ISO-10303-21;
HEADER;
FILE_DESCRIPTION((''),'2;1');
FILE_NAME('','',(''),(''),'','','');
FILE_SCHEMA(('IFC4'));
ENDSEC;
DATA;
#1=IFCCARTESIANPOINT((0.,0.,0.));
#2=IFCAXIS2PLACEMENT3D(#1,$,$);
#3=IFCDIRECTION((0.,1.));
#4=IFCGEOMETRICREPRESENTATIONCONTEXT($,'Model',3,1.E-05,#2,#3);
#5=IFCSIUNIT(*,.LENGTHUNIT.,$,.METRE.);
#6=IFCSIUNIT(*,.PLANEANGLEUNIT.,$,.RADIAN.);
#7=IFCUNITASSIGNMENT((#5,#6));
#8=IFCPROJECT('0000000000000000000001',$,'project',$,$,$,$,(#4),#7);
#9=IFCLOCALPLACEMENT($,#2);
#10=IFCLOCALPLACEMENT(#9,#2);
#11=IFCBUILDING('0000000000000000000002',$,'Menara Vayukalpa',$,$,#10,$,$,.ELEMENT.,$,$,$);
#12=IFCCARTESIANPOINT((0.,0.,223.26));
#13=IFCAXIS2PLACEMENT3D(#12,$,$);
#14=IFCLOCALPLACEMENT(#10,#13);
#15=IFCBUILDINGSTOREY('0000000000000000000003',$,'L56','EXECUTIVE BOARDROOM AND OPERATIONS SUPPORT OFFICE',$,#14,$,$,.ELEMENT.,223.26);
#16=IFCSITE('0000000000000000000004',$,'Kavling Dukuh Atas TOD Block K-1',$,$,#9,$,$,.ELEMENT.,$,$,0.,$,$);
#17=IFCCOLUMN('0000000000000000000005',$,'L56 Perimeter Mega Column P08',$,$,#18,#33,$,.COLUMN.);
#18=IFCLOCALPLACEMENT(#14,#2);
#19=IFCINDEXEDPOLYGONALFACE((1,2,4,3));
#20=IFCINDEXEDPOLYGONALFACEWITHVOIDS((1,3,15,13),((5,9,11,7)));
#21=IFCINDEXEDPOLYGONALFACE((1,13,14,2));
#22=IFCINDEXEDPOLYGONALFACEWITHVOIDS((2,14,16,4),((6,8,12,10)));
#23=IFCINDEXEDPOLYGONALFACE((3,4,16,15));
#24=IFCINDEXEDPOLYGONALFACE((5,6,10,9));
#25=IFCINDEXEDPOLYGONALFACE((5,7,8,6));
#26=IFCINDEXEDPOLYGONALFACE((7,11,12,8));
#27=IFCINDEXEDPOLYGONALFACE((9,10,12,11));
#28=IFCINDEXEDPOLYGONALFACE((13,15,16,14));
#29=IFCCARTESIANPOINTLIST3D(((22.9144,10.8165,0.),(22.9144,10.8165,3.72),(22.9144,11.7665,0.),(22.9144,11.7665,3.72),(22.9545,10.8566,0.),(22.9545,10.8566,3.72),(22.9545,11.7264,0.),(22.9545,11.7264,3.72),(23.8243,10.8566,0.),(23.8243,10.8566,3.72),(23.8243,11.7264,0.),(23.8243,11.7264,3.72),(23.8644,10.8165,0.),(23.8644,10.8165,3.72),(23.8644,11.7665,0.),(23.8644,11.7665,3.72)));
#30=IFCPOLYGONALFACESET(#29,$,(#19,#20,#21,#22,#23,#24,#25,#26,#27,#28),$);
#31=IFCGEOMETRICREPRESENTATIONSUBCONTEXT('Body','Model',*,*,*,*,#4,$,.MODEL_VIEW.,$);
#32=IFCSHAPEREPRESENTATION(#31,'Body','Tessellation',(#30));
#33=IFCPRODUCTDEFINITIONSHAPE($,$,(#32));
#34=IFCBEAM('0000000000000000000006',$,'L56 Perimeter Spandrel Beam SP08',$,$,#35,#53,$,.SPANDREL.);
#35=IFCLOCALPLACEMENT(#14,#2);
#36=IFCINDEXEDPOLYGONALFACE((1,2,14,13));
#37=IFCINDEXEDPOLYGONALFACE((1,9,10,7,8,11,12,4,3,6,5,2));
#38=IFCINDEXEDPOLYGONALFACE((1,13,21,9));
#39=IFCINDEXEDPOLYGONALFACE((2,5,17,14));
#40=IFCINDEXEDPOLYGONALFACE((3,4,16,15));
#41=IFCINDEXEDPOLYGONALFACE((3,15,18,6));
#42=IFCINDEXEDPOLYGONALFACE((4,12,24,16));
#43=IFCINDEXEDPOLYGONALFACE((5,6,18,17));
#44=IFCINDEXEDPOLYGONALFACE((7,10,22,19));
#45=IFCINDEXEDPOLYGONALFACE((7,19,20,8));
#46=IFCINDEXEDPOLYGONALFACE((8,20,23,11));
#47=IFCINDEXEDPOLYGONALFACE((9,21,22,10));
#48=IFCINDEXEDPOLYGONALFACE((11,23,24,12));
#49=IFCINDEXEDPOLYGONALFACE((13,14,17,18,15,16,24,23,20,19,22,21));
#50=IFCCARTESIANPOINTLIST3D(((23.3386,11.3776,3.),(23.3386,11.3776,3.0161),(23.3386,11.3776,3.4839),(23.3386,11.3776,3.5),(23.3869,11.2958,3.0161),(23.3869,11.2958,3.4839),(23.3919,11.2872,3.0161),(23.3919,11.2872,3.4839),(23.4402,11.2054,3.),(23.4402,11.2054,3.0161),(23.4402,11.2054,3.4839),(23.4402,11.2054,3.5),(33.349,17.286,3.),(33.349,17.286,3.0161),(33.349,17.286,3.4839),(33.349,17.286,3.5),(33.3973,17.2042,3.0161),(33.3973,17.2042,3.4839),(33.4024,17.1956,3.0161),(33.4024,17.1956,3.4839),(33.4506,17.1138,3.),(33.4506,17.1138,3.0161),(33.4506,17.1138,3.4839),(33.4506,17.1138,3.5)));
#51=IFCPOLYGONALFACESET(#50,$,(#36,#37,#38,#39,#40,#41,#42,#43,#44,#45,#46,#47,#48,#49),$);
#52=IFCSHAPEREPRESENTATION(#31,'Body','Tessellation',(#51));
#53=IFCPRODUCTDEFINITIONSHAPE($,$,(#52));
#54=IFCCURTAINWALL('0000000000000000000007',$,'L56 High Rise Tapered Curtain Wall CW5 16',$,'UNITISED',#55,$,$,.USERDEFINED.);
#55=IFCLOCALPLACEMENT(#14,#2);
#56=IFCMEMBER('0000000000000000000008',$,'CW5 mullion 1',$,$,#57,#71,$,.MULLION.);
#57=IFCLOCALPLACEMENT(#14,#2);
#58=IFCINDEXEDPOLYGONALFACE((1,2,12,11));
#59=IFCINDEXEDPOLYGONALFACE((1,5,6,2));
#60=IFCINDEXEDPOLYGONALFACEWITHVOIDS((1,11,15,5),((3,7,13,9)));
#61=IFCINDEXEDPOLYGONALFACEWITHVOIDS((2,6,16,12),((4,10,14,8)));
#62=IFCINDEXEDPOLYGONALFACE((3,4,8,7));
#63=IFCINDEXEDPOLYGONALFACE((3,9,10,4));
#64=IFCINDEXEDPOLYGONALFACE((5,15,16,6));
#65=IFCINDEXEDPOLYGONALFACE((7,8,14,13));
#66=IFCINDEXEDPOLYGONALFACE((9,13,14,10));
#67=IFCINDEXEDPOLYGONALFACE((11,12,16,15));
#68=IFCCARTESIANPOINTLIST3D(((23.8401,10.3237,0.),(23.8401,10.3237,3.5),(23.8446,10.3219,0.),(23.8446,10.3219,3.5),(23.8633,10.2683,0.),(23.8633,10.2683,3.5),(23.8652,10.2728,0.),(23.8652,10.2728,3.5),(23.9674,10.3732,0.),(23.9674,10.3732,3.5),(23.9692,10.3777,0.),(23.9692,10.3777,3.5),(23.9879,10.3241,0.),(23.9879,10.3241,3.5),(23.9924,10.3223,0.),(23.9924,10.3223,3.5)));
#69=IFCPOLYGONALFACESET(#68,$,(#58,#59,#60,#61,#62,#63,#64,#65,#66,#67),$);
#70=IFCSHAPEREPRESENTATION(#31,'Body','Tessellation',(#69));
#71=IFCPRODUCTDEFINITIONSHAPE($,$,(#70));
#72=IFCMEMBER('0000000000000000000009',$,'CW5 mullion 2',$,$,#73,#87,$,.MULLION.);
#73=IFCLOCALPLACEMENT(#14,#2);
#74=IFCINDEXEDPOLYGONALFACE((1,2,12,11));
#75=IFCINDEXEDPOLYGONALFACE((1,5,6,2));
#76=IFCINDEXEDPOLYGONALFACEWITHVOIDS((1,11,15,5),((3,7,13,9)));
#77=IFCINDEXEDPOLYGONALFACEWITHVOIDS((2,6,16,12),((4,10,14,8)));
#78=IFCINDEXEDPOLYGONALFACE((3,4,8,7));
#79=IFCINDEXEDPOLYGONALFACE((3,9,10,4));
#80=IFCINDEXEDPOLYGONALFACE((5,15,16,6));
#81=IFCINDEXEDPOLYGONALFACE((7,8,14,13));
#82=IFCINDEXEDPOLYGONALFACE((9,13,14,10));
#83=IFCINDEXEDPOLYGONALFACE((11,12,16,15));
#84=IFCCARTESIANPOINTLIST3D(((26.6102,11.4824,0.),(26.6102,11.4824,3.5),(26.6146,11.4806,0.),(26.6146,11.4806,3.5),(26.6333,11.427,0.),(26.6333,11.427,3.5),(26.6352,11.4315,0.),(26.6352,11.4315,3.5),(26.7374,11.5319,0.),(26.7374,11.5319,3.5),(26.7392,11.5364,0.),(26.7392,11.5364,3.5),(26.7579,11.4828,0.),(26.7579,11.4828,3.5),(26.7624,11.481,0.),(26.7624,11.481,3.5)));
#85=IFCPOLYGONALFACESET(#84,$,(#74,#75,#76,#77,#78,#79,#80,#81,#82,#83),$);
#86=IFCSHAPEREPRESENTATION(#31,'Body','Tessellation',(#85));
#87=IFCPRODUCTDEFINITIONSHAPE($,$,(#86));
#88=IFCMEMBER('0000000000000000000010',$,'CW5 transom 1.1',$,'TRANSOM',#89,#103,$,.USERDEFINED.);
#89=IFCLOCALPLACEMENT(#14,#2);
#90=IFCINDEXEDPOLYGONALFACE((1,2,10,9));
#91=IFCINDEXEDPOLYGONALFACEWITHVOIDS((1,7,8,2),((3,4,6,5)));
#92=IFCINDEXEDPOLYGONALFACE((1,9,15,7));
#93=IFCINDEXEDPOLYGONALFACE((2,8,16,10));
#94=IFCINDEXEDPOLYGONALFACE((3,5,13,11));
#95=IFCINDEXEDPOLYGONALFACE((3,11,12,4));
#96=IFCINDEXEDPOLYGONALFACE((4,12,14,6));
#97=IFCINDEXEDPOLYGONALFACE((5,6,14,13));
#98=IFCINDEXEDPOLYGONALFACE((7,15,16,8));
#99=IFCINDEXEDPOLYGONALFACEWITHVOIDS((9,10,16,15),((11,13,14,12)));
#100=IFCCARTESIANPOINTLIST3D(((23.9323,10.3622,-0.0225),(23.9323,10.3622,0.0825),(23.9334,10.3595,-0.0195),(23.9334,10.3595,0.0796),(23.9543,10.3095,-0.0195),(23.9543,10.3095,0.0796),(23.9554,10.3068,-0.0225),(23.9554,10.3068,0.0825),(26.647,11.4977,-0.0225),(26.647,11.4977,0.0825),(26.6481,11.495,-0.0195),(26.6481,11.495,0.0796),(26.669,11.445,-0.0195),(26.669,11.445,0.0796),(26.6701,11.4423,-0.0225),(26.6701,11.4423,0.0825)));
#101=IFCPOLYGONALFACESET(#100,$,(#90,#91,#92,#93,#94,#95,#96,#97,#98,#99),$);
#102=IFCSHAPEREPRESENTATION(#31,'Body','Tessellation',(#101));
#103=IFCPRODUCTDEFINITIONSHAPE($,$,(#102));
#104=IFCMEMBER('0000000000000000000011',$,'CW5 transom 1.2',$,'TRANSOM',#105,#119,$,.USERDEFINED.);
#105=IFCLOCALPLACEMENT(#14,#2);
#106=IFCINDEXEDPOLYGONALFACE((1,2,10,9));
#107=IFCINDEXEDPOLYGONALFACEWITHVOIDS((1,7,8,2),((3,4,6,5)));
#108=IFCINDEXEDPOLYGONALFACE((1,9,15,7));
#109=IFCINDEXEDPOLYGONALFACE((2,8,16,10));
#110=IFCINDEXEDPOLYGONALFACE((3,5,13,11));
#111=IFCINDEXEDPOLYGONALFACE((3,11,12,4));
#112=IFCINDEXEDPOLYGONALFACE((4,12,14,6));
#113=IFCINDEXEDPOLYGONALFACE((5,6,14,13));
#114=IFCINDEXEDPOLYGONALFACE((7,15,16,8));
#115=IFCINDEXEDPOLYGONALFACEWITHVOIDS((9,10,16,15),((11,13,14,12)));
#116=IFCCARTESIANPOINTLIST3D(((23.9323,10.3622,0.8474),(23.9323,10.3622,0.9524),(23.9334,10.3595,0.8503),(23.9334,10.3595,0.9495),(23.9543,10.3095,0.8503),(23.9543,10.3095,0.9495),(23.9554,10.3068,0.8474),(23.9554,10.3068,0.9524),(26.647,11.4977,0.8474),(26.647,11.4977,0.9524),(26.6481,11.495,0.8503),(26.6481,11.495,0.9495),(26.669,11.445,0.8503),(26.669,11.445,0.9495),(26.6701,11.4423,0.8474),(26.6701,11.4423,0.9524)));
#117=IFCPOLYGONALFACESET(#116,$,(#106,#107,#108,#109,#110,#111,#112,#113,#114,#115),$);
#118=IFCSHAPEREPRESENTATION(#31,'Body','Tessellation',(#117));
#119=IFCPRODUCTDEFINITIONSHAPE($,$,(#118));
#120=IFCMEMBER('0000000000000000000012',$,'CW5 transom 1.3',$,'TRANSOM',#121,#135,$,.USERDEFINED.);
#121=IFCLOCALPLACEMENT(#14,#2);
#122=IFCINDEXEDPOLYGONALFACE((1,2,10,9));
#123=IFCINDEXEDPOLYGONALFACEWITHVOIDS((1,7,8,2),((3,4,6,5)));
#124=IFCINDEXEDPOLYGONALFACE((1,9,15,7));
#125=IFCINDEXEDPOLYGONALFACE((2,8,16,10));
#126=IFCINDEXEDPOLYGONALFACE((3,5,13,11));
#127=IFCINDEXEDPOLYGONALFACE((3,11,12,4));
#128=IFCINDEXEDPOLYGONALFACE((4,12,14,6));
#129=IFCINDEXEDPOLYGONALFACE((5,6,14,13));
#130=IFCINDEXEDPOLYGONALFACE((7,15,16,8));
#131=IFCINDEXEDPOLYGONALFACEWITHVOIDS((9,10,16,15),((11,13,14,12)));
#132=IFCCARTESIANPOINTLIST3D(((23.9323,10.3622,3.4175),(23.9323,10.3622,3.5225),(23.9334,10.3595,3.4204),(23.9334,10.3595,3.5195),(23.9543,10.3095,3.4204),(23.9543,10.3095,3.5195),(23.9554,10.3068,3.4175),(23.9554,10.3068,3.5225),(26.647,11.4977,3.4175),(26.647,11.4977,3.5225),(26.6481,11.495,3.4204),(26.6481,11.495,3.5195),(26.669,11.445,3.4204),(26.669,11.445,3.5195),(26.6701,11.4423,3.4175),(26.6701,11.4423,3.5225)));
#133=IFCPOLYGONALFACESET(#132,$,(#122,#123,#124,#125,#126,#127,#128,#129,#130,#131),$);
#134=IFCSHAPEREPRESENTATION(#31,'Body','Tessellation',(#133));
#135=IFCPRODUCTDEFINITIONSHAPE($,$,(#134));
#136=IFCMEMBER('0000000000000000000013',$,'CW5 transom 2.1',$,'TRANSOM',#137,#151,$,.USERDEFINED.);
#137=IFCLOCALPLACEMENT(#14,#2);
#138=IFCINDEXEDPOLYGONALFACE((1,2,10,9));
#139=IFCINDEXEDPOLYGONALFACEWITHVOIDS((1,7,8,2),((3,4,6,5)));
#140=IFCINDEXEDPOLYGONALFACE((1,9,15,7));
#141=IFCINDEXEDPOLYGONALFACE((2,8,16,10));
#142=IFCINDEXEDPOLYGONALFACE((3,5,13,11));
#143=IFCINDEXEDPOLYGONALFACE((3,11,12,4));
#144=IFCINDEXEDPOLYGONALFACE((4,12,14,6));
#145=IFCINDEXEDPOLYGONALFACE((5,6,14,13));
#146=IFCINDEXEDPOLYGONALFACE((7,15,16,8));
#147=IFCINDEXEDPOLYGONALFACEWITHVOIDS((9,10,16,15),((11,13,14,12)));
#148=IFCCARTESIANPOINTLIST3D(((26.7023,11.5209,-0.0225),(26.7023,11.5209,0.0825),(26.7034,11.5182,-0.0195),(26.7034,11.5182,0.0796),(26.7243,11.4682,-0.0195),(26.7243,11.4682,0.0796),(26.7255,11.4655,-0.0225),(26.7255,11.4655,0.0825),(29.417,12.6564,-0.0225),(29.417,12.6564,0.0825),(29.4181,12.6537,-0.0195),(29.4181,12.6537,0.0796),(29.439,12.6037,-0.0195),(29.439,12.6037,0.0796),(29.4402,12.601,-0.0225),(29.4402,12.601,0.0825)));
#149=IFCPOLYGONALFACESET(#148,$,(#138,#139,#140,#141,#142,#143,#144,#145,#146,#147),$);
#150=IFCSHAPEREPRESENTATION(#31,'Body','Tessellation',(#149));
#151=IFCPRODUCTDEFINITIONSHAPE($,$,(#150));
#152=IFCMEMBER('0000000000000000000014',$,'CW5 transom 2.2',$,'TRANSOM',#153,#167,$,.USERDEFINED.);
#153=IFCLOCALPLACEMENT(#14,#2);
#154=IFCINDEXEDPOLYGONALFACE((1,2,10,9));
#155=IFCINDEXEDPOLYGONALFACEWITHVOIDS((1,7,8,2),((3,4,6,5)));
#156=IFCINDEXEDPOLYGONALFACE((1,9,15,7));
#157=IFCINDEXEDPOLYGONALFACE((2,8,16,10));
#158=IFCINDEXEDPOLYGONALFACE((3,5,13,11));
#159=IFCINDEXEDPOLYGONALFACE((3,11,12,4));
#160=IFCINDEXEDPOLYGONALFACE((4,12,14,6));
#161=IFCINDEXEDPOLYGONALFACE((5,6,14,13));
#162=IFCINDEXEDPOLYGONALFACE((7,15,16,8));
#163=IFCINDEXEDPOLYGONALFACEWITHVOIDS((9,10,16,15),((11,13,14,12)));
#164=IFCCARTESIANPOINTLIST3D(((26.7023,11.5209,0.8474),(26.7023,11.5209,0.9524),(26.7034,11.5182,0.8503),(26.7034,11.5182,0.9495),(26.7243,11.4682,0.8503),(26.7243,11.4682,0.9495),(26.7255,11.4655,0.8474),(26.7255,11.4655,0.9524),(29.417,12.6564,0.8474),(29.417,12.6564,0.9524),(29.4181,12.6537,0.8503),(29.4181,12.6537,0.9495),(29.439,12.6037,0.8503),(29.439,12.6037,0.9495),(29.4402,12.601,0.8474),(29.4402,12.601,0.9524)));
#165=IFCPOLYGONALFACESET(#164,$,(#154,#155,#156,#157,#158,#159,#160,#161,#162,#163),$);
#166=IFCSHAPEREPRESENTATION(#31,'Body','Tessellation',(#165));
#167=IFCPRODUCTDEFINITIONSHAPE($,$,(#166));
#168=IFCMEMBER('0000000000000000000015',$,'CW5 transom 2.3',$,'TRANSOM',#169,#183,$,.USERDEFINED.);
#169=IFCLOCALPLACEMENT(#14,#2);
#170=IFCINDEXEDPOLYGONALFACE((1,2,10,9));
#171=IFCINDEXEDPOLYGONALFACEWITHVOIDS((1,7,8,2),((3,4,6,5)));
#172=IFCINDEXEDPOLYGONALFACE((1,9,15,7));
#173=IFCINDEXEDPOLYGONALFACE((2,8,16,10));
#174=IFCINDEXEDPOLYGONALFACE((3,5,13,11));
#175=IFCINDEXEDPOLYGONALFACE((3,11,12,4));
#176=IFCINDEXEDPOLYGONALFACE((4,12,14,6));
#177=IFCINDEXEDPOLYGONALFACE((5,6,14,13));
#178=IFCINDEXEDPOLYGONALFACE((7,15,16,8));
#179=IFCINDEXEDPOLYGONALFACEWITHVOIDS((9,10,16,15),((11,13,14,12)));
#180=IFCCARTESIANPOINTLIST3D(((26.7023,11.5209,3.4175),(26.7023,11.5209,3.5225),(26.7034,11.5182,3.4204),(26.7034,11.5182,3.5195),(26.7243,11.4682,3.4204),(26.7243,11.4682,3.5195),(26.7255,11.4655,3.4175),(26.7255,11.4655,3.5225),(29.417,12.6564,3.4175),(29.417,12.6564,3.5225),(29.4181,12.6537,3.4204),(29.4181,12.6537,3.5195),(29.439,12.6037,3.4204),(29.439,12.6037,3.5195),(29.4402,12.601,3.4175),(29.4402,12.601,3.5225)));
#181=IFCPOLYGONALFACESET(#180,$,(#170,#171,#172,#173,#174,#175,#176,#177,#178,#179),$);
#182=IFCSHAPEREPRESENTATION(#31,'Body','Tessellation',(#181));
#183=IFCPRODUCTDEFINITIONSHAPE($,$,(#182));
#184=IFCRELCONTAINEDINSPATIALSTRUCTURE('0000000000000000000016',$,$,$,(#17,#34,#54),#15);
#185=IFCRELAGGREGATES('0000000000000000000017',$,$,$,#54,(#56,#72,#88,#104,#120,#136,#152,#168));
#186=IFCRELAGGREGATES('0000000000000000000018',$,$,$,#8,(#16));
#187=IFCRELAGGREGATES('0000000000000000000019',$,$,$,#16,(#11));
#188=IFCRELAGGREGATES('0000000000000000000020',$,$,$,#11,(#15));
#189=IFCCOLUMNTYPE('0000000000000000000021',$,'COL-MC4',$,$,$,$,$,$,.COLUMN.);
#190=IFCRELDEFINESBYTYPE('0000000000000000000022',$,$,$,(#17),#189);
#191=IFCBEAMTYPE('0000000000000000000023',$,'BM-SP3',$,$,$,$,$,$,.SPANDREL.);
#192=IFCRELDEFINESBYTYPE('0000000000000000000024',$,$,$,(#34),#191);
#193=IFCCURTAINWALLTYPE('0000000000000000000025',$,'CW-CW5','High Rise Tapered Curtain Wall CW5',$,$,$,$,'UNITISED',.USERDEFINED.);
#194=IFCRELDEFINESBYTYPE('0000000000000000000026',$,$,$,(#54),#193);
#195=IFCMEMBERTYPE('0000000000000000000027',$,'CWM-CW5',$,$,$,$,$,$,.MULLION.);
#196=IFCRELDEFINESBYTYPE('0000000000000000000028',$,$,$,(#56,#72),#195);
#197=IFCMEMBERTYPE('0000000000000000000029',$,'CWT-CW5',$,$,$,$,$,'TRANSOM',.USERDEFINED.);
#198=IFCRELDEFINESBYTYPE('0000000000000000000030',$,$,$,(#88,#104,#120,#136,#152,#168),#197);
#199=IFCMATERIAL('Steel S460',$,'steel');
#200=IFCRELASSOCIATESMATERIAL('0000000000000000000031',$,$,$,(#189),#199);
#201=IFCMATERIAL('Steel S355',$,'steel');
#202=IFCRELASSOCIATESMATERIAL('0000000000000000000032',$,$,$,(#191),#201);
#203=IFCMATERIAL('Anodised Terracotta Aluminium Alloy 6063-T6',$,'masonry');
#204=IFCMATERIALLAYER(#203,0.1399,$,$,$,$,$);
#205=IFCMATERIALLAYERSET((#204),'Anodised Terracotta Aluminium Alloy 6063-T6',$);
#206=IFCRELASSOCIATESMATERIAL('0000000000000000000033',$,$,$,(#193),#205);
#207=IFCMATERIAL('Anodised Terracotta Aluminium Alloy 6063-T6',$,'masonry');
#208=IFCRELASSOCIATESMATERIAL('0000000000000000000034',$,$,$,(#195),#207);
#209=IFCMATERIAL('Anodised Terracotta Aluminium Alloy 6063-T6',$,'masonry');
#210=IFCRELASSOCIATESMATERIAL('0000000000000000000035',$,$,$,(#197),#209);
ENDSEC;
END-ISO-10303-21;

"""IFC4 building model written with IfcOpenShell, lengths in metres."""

from ifc_helpers import new_model, si_unit, direction, frame, origin, origin_2d, place, context, subcontext, project, spatial, hollow_rectangle, i_section, extrude, material, layer, layer_set, material_profile, profile_set, type_object, element, aggregate, save


model = new_model("IFC4")

# Units and contexts
model_context = context("Model", 3, precision=1e-05, world=origin(), true_north=direction((0.0, 1.0)))
body_context = subcontext(model_context, "Body", "Model", "MODEL_VIEW")
ifc_project = project(units=[si_unit("LENGTHUNIT", "METRE"), si_unit("PLANEANGLEUNIT", "RADIAN")], contexts=[model_context])

# Site, building, storey
site_placement = place(None, origin())
site = spatial("IfcSite", under=ifc_project, at=site_placement, Name="Kavling Dukuh Atas TOD Block K-1", CompositionType="ELEMENT", RefElevation=0.0)
building_placement = place(site_placement, origin())
building = spatial("IfcBuilding", under=site, at=building_placement, Name="Menara Vayukalpa", CompositionType="ELEMENT")
storey_placement = place(building_placement, frame((0.0, 0.0, 223.26)))
storey = spatial("IfcBuildingStorey", under=building, at=storey_placement, Name="L56", Description="EXECUTIVE BOARDROOM AND OPERATIONS SUPPORT OFFICE", CompositionType="ELEMENT", Elevation=223.26)

# Column
ifc_material_1 = material(Name="Steel S460", Category="steel")
ifc_material_profile_1 = material_profile(ifc_material_1, hollow_rectangle(XDim=0.95, YDim=0.95, WallThickness=0.04, at=origin_2d()), Name="BOX 950x950x40")
ifc_profile_set_1 = profile_set([ifc_material_profile_1], Name="Steel S460")
column_type = type_object("IfcColumnType", Name="COL-MC4", PredefinedType="COLUMN", material=ifc_profile_set_1)
column_placement = place(storey_placement, frame((23.3894, 11.2915, 0.0), z_axis=(0.0, 0.0, 1.0), x_axis=(1.0, 0.0, 0.0)))
element("IfcColumn", 1, at=column_placement, inside=storey, type_object=column_type, Name="L56 Perimeter Mega Column P08", PredefinedType="COLUMN", context=body_context, shape_type="SweptSolid", body=[
    extrude(hollow_rectangle(XDim=0.95, YDim=0.95, WallThickness=0.04, at=origin_2d()), origin(), (0.0, 0.0, 1.0), 3.72),
])

# Beam
ifc_material_2 = material(Name="Steel S355", Category="steel")
ifc_material_profile_2 = material_profile(ifc_material_2, i_section(OverallWidth=0.2, OverallDepth=0.5, WebThickness=0.01, FlangeThickness=0.0161, at=origin_2d()), Name="WF 500x200x10x16")
ifc_profile_set_2 = profile_set([ifc_material_profile_2], Name="Steel S355")
beam_type = type_object("IfcBeamType", Name="BM-SP3", PredefinedType="SPANDREL", material=ifc_profile_set_2)
beam_placement = place(storey_placement, frame((23.3894, 11.2915, 3.25), z_axis=(0.861184, 0.508293, 0.0), x_axis=(-0.508293, 0.861184, 0.0)))
element("IfcBeam", 2, at=beam_placement, inside=storey, type_object=beam_type, Name="L56 Perimeter Spandrel Beam SP08", PredefinedType="SPANDREL", context=body_context, shape_type="SweptSolid", body=[
    extrude(i_section(OverallWidth=0.2, OverallDepth=0.5, WebThickness=0.01, FlangeThickness=0.0161, at=origin_2d()), origin(), (0.0, 0.0, 1.0), 11.624),
])

# Curtain wall, members
ifc_material_3 = material(Name="Anodised Terracotta Aluminium Alloy 6063-T6", Category="masonry")
ifc_layer_1 = layer(ifc_material_3, 0.1399)
ifc_layer_set_1 = layer_set([ifc_layer_1], Name="Anodised Terracotta Aluminium Alloy 6063-T6")
curtain_wall_type = type_object("IfcCurtainWallType", Name="CW-CW5", Description="High Rise Tapered Curtain Wall CW5", ElementType="UNITISED", PredefinedType="USERDEFINED", material=ifc_layer_set_1)
curtain_wall_placement = place(storey_placement, origin())
curtain_wall = element("IfcCurtainWall", 3, at=curtain_wall_placement, inside=storey, type_object=curtain_wall_type, Name="L56 High Rise Tapered Curtain Wall CW5 16", ObjectType="UNITISED", PredefinedType="USERDEFINED")
ifc_material_4 = material(Name="Anodised Terracotta Aluminium Alloy 6063-T6", Category="masonry")
ifc_material_profile_3 = material_profile(ifc_material_4, hollow_rectangle(XDim=0.0601, YDim=0.1399, WallThickness=0.0034, at=origin_2d()), Name="ALU 60x140x3.5")
ifc_profile_set_3 = profile_set([ifc_material_profile_3], Name="Anodised Terracotta Aluminium Alloy 6063-T6")
member_type_1 = type_object("IfcMemberType", Name="CWM-CW5", PredefinedType="MULLION", material=ifc_profile_set_3)
member_1_placement = place(storey_placement, frame((23.9163, 10.323, 0.0), z_axis=(0.0, 0.0, 1.0), x_axis=(-0.385903, 0.922539, 0.0)))
member_1 = element("IfcMember", 4, at=member_1_placement, type_object=member_type_1, Name="CW5 mullion 1", PredefinedType="MULLION", context=body_context, shape_type="SweptSolid", body=[
    extrude(hollow_rectangle(XDim=0.0601, YDim=0.1399, WallThickness=0.0034, at=origin_2d()), origin(), (0.0, 0.0, 1.0), 3.5),
])
member_2_placement = place(storey_placement, frame((26.6863, 11.4817, 0.0), z_axis=(0.0, 0.0, 1.0), x_axis=(-0.385903, 0.922539, 0.0)))
member_2 = element("IfcMember", 5, at=member_2_placement, type_object=member_type_1, Name="CW5 mullion 2", PredefinedType="MULLION", context=body_context, shape_type="SweptSolid", body=[
    extrude(hollow_rectangle(XDim=0.0601, YDim=0.1399, WallThickness=0.0034, at=origin_2d()), origin(), (0.0, 0.0, 1.0), 3.5),
])
ifc_material_5 = material(Name="Anodised Terracotta Aluminium Alloy 6063-T6", Category="masonry")
ifc_material_profile_4 = material_profile(ifc_material_5, hollow_rectangle(XDim=0.0601, YDim=0.105, WallThickness=0.0029, at=origin_2d()), Name="ALU 60x105x3")
ifc_profile_set_4 = profile_set([ifc_material_profile_4], Name="Anodised Terracotta Aluminium Alloy 6063-T6")
member_type_2 = type_object("IfcMemberType", Name="CWT-CW5", ElementType="TRANSOM", PredefinedType="USERDEFINED", material=ifc_profile_set_4)
member_3_placement = place(storey_placement, frame((23.9438, 10.3345, 0.03), z_axis=(0.922543, 0.385893, 0.0), x_axis=(-0.385893, 0.922543, 0.0)))
member_3 = element("IfcMember", 6, at=member_3_placement, type_object=member_type_2, Name="CW5 transom 1.1", ObjectType="TRANSOM", PredefinedType="USERDEFINED", context=body_context, shape_type="SweptSolid", body=[
    extrude(hollow_rectangle(XDim=0.0601, YDim=0.105, WallThickness=0.0029, at=origin_2d()), origin(), (0.0, 0.0, 1.0), 2.9426),
])
member_4_placement = place(storey_placement, frame((23.9438, 10.3345, 0.8999), z_axis=(0.922543, 0.385893, 0.0), x_axis=(-0.385893, 0.922543, 0.0)))
member_4 = element("IfcMember", 7, at=member_4_placement, type_object=member_type_2, Name="CW5 transom 1.2", ObjectType="TRANSOM", PredefinedType="USERDEFINED", context=body_context, shape_type="SweptSolid", body=[
    extrude(hollow_rectangle(XDim=0.0601, YDim=0.105, WallThickness=0.0029, at=origin_2d()), origin(), (0.0, 0.0, 1.0), 2.9426),
])
member_5_placement = place(storey_placement, frame((23.9438, 10.3345, 3.47), z_axis=(0.922543, 0.385893, 0.0), x_axis=(-0.385893, 0.922543, 0.0)))
member_5 = element("IfcMember", 8, at=member_5_placement, type_object=member_type_2, Name="CW5 transom 1.3", ObjectType="TRANSOM", PredefinedType="USERDEFINED", context=body_context, shape_type="SweptSolid", body=[
    extrude(hollow_rectangle(XDim=0.0601, YDim=0.105, WallThickness=0.0029, at=origin_2d()), origin(), (0.0, 0.0, 1.0), 2.9426),
])
member_6_placement = place(storey_placement, frame((26.7139, 11.4932, 0.03), z_axis=(0.922543, 0.385893, 0.0), x_axis=(-0.385893, 0.922543, 0.0)))
member_6 = element("IfcMember", 9, at=member_6_placement, type_object=member_type_2, Name="CW5 transom 2.1", ObjectType="TRANSOM", PredefinedType="USERDEFINED", context=body_context, shape_type="SweptSolid", body=[
    extrude(hollow_rectangle(XDim=0.0601, YDim=0.105, WallThickness=0.0029, at=origin_2d()), origin(), (0.0, 0.0, 1.0), 2.9426),
])
member_7_placement = place(storey_placement, frame((26.7139, 11.4932, 0.8999), z_axis=(0.922543, 0.385893, 0.0), x_axis=(-0.385893, 0.922543, 0.0)))
member_7 = element("IfcMember", 10, at=member_7_placement, type_object=member_type_2, Name="CW5 transom 2.2", ObjectType="TRANSOM", PredefinedType="USERDEFINED", context=body_context, shape_type="SweptSolid", body=[
    extrude(hollow_rectangle(XDim=0.0601, YDim=0.105, WallThickness=0.0029, at=origin_2d()), origin(), (0.0, 0.0, 1.0), 2.9426),
])
member_8_placement = place(storey_placement, frame((26.7139, 11.4932, 3.47), z_axis=(0.922543, 0.385893, 0.0), x_axis=(-0.385893, 0.922543, 0.0)))
member_8 = element("IfcMember", 11, at=member_8_placement, type_object=member_type_2, Name="CW5 transom 2.3", ObjectType="TRANSOM", PredefinedType="USERDEFINED", context=body_context, shape_type="SweptSolid", body=[
    extrude(hollow_rectangle(XDim=0.0601, YDim=0.105, WallThickness=0.0029, at=origin_2d()), origin(), (0.0, 0.0, 1.0), 2.9426),
])
aggregate(curtain_wall, [member_1, member_2, member_3, member_4, member_5, member_6, member_7, member_8])

save(model, "model.ifc")
